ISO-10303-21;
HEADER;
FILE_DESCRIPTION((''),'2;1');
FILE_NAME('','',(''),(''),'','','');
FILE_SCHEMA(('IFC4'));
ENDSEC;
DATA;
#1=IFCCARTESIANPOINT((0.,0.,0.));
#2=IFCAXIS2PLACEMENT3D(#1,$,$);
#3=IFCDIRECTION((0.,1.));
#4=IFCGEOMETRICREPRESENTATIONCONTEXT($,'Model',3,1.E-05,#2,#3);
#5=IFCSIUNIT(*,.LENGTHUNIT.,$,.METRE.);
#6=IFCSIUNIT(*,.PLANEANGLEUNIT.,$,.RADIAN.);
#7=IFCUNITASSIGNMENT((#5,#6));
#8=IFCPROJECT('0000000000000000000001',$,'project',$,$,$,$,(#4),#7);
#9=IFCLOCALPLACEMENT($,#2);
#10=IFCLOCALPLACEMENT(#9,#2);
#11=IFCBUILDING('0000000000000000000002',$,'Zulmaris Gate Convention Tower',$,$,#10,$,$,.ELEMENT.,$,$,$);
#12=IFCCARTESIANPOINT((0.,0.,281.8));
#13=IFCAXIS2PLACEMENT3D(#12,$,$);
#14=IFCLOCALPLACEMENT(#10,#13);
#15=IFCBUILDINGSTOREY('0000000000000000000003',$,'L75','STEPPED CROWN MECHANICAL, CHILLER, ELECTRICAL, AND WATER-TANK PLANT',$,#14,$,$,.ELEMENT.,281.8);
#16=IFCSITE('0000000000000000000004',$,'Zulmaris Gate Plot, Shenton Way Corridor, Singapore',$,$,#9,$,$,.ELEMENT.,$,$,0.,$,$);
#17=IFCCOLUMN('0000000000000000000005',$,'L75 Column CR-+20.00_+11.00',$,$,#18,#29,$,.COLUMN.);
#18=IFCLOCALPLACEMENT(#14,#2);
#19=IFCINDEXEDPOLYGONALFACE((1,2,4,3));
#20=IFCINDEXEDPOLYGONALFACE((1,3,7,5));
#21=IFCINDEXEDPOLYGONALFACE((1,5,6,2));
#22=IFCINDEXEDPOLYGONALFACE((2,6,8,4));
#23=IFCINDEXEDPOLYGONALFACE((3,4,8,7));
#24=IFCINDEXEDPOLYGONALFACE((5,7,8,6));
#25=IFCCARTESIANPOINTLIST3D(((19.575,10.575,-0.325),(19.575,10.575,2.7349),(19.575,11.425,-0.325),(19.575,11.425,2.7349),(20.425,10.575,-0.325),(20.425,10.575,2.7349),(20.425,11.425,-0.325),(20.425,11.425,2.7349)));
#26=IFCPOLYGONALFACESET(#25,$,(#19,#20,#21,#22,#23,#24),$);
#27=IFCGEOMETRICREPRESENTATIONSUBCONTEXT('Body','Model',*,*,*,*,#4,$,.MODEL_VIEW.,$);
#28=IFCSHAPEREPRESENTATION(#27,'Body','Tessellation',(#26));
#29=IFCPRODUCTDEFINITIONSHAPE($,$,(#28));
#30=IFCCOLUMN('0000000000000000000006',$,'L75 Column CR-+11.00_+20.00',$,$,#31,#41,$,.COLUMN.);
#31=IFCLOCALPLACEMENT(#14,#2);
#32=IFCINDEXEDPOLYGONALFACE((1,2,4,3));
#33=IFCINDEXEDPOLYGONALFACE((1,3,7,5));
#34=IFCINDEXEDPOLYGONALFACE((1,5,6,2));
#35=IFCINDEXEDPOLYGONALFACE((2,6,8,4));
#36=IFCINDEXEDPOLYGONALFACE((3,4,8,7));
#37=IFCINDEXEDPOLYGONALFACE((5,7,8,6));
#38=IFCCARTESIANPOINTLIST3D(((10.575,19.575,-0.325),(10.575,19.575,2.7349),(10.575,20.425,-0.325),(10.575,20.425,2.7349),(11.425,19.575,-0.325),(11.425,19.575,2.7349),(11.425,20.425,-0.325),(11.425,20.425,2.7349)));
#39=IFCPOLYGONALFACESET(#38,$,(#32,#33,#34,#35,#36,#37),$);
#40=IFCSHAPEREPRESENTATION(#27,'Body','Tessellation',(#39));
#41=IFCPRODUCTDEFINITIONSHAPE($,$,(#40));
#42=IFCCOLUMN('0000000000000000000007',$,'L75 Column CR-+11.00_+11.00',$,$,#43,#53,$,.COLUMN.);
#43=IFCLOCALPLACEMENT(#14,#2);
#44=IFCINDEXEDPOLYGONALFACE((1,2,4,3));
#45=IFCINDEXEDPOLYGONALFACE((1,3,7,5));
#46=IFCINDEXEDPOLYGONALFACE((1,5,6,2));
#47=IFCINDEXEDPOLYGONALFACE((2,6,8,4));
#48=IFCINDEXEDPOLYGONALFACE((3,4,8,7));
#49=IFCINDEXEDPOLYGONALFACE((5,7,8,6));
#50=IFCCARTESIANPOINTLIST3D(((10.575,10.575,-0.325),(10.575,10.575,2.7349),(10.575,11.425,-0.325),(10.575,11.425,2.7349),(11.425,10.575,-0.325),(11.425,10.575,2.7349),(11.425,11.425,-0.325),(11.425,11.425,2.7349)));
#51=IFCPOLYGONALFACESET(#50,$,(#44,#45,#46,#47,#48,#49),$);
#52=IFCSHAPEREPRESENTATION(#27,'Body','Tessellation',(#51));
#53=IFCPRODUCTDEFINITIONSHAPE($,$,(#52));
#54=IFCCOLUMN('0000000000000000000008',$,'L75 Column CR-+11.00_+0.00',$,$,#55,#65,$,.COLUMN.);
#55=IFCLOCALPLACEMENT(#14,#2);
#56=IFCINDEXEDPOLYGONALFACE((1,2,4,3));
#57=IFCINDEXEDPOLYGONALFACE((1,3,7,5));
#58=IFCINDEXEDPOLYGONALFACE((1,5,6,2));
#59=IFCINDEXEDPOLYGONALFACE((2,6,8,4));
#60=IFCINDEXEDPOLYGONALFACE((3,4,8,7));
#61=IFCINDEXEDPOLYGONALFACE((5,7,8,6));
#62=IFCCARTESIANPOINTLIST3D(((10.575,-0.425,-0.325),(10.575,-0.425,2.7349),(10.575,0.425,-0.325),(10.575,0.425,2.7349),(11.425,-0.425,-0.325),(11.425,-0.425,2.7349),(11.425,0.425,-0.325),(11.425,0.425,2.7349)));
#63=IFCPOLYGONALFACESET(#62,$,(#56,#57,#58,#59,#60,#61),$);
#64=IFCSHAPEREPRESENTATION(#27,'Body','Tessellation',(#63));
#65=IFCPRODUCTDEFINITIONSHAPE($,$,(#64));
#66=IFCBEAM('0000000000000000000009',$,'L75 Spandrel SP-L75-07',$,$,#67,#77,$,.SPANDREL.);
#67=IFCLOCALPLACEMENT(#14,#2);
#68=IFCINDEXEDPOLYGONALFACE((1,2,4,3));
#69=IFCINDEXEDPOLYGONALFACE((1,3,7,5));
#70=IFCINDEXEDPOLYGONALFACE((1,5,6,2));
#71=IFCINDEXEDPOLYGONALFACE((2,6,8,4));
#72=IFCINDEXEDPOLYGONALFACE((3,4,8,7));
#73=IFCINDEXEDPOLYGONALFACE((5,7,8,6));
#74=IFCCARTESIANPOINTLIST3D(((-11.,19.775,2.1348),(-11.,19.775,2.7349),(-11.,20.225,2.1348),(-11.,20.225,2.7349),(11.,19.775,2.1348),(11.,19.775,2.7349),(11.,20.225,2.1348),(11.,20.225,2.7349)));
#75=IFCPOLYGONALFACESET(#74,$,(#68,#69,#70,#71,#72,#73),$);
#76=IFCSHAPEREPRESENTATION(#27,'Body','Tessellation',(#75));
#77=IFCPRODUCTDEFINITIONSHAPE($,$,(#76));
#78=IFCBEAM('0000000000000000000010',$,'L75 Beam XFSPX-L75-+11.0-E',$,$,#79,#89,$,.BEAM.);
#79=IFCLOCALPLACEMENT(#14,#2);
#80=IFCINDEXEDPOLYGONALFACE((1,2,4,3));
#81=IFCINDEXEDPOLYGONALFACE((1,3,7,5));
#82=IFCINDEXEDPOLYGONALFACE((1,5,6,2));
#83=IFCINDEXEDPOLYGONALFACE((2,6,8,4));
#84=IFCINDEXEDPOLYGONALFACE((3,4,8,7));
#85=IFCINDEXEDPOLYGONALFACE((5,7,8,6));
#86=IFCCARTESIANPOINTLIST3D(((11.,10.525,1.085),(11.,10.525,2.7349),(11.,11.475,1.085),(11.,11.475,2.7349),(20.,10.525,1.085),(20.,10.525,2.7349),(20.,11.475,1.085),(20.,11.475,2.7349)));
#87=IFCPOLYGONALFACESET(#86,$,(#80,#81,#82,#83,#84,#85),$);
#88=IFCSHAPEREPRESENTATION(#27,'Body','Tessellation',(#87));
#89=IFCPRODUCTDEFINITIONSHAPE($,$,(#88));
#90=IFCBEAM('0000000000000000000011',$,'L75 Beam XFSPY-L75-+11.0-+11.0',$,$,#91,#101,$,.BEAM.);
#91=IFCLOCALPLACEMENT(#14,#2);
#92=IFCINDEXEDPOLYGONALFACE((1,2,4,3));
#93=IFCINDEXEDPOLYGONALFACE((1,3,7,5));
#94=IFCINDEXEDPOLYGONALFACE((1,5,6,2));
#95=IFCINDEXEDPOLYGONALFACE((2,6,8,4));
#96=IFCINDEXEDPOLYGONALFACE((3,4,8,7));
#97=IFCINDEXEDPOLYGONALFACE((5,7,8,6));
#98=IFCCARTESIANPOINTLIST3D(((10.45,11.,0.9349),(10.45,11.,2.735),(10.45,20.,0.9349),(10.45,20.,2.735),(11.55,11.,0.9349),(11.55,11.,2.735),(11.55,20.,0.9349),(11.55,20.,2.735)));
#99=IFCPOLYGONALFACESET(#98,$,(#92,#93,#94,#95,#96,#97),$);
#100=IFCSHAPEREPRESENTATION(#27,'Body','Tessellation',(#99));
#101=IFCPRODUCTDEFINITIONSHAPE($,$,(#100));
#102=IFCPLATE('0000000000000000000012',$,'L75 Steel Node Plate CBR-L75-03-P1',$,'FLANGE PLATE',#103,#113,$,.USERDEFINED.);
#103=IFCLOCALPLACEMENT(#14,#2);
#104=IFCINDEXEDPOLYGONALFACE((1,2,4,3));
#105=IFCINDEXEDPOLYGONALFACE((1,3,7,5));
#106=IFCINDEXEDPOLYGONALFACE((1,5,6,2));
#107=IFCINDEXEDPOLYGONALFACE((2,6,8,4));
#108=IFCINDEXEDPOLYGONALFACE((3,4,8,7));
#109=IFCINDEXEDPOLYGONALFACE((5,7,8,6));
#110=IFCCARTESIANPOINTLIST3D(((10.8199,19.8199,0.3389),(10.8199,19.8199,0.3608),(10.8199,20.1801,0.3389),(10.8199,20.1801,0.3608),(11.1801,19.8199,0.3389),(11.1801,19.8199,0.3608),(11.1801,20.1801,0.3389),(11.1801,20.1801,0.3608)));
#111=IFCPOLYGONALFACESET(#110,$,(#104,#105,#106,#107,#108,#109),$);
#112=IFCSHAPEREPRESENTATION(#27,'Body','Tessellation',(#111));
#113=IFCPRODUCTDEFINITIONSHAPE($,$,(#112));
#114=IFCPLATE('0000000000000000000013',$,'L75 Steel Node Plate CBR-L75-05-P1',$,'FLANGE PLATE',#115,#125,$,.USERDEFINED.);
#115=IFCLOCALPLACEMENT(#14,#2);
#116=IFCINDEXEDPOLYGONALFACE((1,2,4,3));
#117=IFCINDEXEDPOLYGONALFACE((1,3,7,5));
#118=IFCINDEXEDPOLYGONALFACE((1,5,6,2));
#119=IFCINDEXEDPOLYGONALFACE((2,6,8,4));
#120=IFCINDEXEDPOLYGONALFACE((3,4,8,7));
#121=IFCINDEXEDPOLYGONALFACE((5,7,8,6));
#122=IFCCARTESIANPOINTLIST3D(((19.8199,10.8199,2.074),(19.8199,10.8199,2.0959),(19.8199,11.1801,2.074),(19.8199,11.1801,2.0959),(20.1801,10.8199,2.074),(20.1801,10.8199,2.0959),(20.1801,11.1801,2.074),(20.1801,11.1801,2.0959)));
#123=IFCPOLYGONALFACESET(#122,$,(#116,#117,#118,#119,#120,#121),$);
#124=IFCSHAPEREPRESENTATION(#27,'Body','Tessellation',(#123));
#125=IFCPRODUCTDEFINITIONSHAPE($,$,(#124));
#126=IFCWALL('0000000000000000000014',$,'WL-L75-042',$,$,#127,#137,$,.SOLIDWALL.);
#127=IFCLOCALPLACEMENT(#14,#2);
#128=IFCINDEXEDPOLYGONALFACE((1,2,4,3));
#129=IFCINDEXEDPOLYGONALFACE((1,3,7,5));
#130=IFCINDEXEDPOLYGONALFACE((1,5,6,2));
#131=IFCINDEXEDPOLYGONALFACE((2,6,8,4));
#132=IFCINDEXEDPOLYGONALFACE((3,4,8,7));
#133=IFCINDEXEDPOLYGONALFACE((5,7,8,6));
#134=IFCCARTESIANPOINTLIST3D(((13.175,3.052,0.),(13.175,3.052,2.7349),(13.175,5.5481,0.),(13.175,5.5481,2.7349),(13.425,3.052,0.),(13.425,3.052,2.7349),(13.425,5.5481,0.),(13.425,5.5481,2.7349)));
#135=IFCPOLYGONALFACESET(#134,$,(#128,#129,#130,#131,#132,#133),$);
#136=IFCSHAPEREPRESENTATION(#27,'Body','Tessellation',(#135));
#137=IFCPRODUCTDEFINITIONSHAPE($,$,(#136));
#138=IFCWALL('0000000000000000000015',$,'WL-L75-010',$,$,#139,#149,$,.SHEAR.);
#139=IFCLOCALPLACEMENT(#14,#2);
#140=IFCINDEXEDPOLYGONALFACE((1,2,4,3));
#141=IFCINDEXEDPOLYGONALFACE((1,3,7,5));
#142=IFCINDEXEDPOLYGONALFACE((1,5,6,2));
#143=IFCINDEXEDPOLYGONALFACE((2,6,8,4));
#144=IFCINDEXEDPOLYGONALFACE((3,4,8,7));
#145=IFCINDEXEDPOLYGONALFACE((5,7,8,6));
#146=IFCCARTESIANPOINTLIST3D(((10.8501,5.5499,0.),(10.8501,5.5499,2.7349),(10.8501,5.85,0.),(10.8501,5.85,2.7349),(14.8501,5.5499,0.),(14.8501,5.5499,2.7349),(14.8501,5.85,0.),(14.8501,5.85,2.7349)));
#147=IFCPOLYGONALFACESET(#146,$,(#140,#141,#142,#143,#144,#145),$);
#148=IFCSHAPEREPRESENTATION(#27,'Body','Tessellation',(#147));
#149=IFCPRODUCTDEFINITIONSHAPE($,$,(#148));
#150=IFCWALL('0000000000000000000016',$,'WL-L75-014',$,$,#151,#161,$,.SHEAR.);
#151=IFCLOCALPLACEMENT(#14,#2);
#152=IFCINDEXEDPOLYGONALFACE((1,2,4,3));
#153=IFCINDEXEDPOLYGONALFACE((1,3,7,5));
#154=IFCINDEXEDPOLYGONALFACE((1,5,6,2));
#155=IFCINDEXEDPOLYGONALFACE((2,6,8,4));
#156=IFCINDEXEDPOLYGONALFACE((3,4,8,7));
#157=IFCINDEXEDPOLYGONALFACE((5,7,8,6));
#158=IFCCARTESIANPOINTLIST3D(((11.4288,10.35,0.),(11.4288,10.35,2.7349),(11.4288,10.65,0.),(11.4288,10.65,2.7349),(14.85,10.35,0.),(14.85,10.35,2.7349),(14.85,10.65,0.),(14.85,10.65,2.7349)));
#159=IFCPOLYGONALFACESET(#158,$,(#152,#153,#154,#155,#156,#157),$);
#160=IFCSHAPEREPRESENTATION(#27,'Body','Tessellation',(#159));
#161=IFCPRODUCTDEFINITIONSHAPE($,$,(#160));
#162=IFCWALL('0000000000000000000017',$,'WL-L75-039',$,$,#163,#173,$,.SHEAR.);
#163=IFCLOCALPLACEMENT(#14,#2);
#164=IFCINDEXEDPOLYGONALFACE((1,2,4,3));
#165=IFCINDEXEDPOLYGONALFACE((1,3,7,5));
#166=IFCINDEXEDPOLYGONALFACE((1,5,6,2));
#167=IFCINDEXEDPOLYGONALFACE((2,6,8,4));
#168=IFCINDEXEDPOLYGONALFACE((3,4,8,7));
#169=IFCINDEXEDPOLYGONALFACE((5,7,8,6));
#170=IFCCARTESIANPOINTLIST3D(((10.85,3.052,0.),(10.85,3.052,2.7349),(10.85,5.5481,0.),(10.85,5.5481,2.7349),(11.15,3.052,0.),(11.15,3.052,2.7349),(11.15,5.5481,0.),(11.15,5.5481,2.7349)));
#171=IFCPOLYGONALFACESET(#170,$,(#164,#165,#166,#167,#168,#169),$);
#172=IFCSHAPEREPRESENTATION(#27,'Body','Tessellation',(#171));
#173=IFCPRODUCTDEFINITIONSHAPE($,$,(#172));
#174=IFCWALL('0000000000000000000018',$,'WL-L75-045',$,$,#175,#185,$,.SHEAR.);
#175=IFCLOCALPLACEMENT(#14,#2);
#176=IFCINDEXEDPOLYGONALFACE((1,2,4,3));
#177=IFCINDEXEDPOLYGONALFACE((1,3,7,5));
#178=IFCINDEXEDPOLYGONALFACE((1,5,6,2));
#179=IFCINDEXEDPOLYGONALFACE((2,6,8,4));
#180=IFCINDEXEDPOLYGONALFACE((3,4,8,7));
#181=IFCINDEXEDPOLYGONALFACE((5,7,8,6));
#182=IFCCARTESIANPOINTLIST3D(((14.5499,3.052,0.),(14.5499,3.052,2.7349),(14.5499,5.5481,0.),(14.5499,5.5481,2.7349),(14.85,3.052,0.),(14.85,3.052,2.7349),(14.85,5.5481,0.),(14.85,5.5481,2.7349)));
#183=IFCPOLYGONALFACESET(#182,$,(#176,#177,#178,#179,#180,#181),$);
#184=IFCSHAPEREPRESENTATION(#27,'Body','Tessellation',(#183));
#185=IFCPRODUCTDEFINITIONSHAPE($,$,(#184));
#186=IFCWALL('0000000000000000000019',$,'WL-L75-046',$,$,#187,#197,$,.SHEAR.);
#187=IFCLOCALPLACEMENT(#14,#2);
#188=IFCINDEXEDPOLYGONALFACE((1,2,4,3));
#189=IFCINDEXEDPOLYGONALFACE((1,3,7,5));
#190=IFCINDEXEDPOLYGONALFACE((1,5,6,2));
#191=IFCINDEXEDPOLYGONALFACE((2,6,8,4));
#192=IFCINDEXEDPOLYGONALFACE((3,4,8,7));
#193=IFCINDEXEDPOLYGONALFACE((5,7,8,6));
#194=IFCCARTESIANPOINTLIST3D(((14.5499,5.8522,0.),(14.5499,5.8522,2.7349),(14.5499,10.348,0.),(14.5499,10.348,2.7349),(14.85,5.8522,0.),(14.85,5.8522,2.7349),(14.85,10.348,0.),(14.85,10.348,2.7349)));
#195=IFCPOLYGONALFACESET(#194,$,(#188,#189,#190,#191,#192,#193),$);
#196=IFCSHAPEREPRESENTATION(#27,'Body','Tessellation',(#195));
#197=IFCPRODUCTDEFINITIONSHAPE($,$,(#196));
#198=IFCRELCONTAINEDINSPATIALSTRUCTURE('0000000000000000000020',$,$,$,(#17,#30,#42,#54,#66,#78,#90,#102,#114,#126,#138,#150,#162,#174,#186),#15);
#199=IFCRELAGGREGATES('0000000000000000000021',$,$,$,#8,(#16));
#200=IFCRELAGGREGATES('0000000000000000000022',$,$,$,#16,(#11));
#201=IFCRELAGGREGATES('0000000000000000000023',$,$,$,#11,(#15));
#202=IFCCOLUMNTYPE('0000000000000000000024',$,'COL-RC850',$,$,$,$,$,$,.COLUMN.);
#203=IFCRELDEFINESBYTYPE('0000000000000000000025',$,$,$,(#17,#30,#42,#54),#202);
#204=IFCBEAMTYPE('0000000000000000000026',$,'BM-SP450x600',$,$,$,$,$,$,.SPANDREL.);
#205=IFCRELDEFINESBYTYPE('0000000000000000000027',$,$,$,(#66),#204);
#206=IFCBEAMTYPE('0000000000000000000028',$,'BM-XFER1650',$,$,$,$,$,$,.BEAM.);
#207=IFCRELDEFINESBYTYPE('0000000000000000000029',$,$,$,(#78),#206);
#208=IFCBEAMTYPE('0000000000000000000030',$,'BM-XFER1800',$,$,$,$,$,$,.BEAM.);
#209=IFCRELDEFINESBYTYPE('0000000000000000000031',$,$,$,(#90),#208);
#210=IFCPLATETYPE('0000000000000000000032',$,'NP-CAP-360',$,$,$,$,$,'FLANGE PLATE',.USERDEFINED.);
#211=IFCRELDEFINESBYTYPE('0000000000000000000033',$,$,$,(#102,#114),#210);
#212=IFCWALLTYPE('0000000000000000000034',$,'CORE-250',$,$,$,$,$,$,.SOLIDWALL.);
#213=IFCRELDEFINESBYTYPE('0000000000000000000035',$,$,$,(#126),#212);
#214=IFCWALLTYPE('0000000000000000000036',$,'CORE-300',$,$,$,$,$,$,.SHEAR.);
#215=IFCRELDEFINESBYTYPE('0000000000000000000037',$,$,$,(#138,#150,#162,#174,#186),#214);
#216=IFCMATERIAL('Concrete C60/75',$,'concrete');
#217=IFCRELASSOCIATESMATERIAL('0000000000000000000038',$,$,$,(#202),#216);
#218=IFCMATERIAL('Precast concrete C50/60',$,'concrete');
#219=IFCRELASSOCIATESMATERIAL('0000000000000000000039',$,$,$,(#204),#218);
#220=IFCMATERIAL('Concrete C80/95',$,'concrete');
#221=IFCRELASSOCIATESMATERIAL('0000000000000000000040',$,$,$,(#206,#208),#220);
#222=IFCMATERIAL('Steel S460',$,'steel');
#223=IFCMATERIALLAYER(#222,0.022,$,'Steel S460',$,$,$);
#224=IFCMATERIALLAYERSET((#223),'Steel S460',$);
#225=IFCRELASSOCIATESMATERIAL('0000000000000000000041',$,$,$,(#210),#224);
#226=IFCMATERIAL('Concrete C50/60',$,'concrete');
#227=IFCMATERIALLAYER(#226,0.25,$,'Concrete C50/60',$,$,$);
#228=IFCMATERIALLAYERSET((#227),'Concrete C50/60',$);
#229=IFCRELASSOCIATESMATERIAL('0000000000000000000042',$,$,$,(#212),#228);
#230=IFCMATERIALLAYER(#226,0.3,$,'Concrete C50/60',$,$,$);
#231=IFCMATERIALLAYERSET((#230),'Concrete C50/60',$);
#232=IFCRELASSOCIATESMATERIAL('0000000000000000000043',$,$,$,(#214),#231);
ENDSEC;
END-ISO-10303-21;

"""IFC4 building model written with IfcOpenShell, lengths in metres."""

from ifc_helpers import new_model, si_unit, direction, frame, frame_2d, origin, origin_2d, place, context, subcontext, project, spatial, rectangle, extrude, material, layer, layer_set, material_profile, profile_set, type_object, element, save


model = new_model("IFC4")

# Units and contexts
model_context = context("Model", 3, precision=1e-05, world=origin(), true_north=direction((0.0, 1.0)))
body_context = subcontext(model_context, "Body", "Model", "MODEL_VIEW")
ifc_project = project(units=[si_unit("LENGTHUNIT", "METRE"), si_unit("PLANEANGLEUNIT", "RADIAN")], contexts=[model_context])

# Site, building, storey
site_placement = place(None, origin())
site = spatial("IfcSite", under=ifc_project, at=site_placement, Name="Zulmaris Gate Plot, Shenton Way Corridor, Singapore", CompositionType="ELEMENT", RefElevation=0.0)
building_placement = place(site_placement, origin())
building = spatial("IfcBuilding", under=site, at=building_placement, Name="Zulmaris Gate Convention Tower", CompositionType="ELEMENT")
storey_placement = place(building_placement, frame((0.0, 0.0, 281.8)))
storey = spatial("IfcBuildingStorey", under=building, at=storey_placement, Name="L75", Description="STEPPED CROWN MECHANICAL, CHILLER, ELECTRICAL, AND WATER-TANK PLANT", CompositionType="ELEMENT", Elevation=281.8)

# Columns
ifc_material_1 = material(Name="Concrete C60/75", Category="concrete")
ifc_material_profile_1 = material_profile(ifc_material_1, rectangle(XDim=0.8501, YDim=0.8501, at=origin_2d()), Name="RC COL 850x850")
ifc_profile_set_1 = profile_set([ifc_material_profile_1], Name="Concrete C60/75")
column_type = type_object("IfcColumnType", Name="COL-RC850", PredefinedType="COLUMN", material=ifc_profile_set_1)
for number, where, z_axis, x_axis, name in (
    (1, (20.0, 11.0, -0.325), (0.0, 0.0, 1.0), (1.0, 0.0, 0.0), "L75 Column CR-+20.00_+11.00"),
    (2, (11.0, 20.0, -0.325), (0.0, 0.0, 1.0), (1.0, 0.0, 0.0), "L75 Column CR-+11.00_+20.00"),
    (3, (11.0, 11.0, -0.325), (0.0, 0.0, 1.0), (1.0, 0.0, 0.0), "L75 Column CR-+11.00_+11.00"),
    (4, (11.0, 0.0, -0.325), (0.0, 0.0, 1.0), (1.0, 0.0, 0.0), "L75 Column CR-+11.00_+0.00"),
):
    element("IfcColumn", number, at=place(storey_placement, frame(where, z_axis=z_axis, x_axis=x_axis)), inside=storey, type_object=column_type, Name=name, PredefinedType="COLUMN", context=body_context, shape_type="SweptSolid", body=[
        extrude(rectangle(XDim=0.8501, YDim=0.8501, at=origin_2d()), origin(), (0.0, 0.0, 1.0), 3.0598),
    ])

# Beams
ifc_material_2 = material(Name="Precast concrete C50/60", Category="concrete")
ifc_material_profile_2 = material_profile(ifc_material_2, rectangle(XDim=0.45, YDim=0.6001, at=origin_2d()), Name="RC SPANDREL 450x600")
ifc_profile_set_2 = profile_set([ifc_material_profile_2], Name="Precast concrete C50/60")
beam_type_1 = type_object("IfcBeamType", Name="BM-SP450x600", PredefinedType="SPANDREL", material=ifc_profile_set_2)
beam_1_placement = place(storey_placement, frame((11.0, 20.0, 2.4348), z_axis=(-1.0, 0.0, 0.0), x_axis=(0.0, -1.0, 0.0)))
element("IfcBeam", 5, at=beam_1_placement, inside=storey, type_object=beam_type_1, Name="L75 Spandrel SP-L75-07", PredefinedType="SPANDREL", context=body_context, shape_type="SweptSolid", body=[
    extrude(rectangle(XDim=0.45, YDim=0.6001, at=origin_2d()), origin(), (0.0, 0.0, 1.0), 22.0),
])
ifc_material_3 = material(Name="Concrete C80/95", Category="concrete")
ifc_material_profile_3 = material_profile(ifc_material_3, rectangle(XDim=0.95, YDim=1.6499, at=origin_2d()), Name="RC TRANSFER 950x1650")
ifc_profile_set_3 = profile_set([ifc_material_profile_3], Name="Concrete C80/95")
beam_type_2 = type_object("IfcBeamType", Name="BM-XFER1650", PredefinedType="BEAM", material=ifc_profile_set_3)
beam_2_placement = place(storey_placement, frame((11.0, 11.0, 1.9099), z_axis=(1.0, 0.0, 0.0), x_axis=(0.0, 1.0, 0.0)))
element("IfcBeam", 6, at=beam_2_placement, inside=storey, type_object=beam_type_2, Name="L75 Beam XFSPX-L75-+11.0-E", PredefinedType="BEAM", context=body_context, shape_type="SweptSolid", body=[
    extrude(rectangle(XDim=0.95, YDim=1.6499, at=origin_2d()), origin(), (0.0, 0.0, 1.0), 9.0),
])
ifc_material_profile_4 = material_profile(ifc_material_3, rectangle(XDim=1.1001, YDim=1.8, at=origin_2d()), Name="RC TRANSFER 1100x1800")
ifc_profile_set_4 = profile_set([ifc_material_profile_4], Name="Concrete C80/95")
beam_type_3 = type_object("IfcBeamType", Name="BM-XFER1800", PredefinedType="BEAM", material=ifc_profile_set_4)
beam_3_placement = place(storey_placement, frame((11.0, 11.0, 1.835), z_axis=(0.0, 1.0, 0.0), x_axis=(-1.0, 0.0, 0.0)))
element("IfcBeam", 7, at=beam_3_placement, inside=storey, type_object=beam_type_3, Name="L75 Beam XFSPY-L75-+11.0-+11.0", PredefinedType="BEAM", context=body_context, shape_type="SweptSolid", body=[
    extrude(rectangle(XDim=1.1001, YDim=1.8, at=origin_2d()), origin(), (0.0, 0.0, 1.0), 9.0),
])

# Plates
ifc_material_4 = material(Name="Steel S460", Category="steel")
ifc_layer_1 = layer(ifc_material_4, 0.022, Name="Steel S460")
ifc_layer_set_1 = layer_set([ifc_layer_1], Name="Steel S460")
plate_type = type_object("IfcPlateType", Name="NP-CAP-360", ElementType="FLANGE PLATE", PredefinedType="USERDEFINED", material=ifc_layer_set_1)
for number, where, z_axis, x_axis, name in (
    (8, (11.0, 20.0, 0.3389), (0.0, 0.0, 1.0), (1.0, 0.0, 0.0), "L75 Steel Node Plate CBR-L75-03-P1"),
    (9, (20.0, 11.0, 2.074), (0.0, 0.0, 1.0), (1.0, 0.0, 0.0), "L75 Steel Node Plate CBR-L75-05-P1"),
):
    element("IfcPlate", number, at=place(storey_placement, frame(where, z_axis=z_axis, x_axis=x_axis)), inside=storey, type_object=plate_type, Name=name, ObjectType="FLANGE PLATE", PredefinedType="USERDEFINED", context=body_context, shape_type="SweptSolid", body=[
        extrude(rectangle(XDim=0.3601, YDim=0.3601, at=origin_2d()), origin(), (0.0, 0.0, 1.0), 0.022),
    ])

# Walls
ifc_material_5 = material(Name="Concrete C50/60", Category="concrete")
ifc_layer_2 = layer(ifc_material_5, 0.25, Name="Concrete C50/60")
ifc_layer_set_2 = layer_set([ifc_layer_2], Name="Concrete C50/60")
wall_type_1 = type_object("IfcWallType", Name="CORE-250", PredefinedType="SOLIDWALL", material=ifc_layer_set_2)
wall_1_placement = place(storey_placement, frame((13.3, 3.052, 0.0), z_axis=(0.0, 0.0, 1.0), x_axis=(0.0, 1.0, 0.0)))
element("IfcWall", 10, at=wall_1_placement, inside=storey, type_object=wall_type_1, Name="WL-L75-042", PredefinedType="SOLIDWALL", context=body_context, shape_type="SweptSolid", body=[
    extrude(rectangle(XDim=2.4961, YDim=0.25, at=frame_2d((1.248, 0.0))), origin(), (0.0, 0.0, 1.0), 2.7349),
])
ifc_layer_3 = layer(ifc_material_5, 0.3, Name="Concrete C50/60")
ifc_layer_set_3 = layer_set([ifc_layer_3], Name="Concrete C50/60")
wall_type_2 = type_object("IfcWallType", Name="CORE-300", PredefinedType="SHEAR", material=ifc_layer_set_3)
wall_2_placement = place(storey_placement, frame((10.8501, 5.7, 0.0), z_axis=(0.0, 0.0, 1.0), x_axis=(1.0, 0.0, 0.0)))
element("IfcWall", 11, at=wall_2_placement, inside=storey, type_object=wall_type_2, Name="WL-L75-010", PredefinedType="SHEAR", context=body_context, shape_type="SweptSolid", body=[
    extrude(rectangle(XDim=4.0, YDim=0.3, at=frame_2d((2.0, 0.0))), origin(), (0.0, 0.0, 1.0), 2.7349),
])
wall_3_placement = place(storey_placement, frame((11.429, 10.5, 0.0), z_axis=(0.0, 0.0, 1.0), x_axis=(1.0, 0.0, 0.0)))
element("IfcWall", 12, at=wall_3_placement, inside=storey, type_object=wall_type_2, Name="WL-L75-014", PredefinedType="SHEAR", context=body_context, shape_type="SweptSolid", body=[
    extrude(rectangle(XDim=3.4211, YDim=0.3, at=frame_2d((1.7104, 0.0))), origin(), (0.0, 0.0, 1.0), 2.7349),
])

# Wall
wall_4_placement = place(storey_placement, frame((11.0, 3.052, 0.0), z_axis=(0.0, 0.0, 1.0), x_axis=(0.0, 1.0, 0.0)))
element("IfcWall", 13, at=wall_4_placement, inside=storey, type_object=wall_type_2, Name="WL-L75-039", PredefinedType="SHEAR", context=body_context, shape_type="SweptSolid", body=[
    extrude(rectangle(XDim=2.4961, YDim=0.3, at=frame_2d((1.248, 0.0))), origin(), (0.0, 0.0, 1.0), 2.7349),
])

# Walls
wall_5_placement = place(storey_placement, frame((14.7, 3.052, 0.0), z_axis=(0.0, 0.0, 1.0), x_axis=(0.0, 1.0, 0.0)))
element("IfcWall", 14, at=wall_5_placement, inside=storey, type_object=wall_type_2, Name="WL-L75-045", PredefinedType="SHEAR", context=body_context, shape_type="SweptSolid", body=[
    extrude(rectangle(XDim=2.4961, YDim=0.3, at=frame_2d((1.248, 0.0))), origin(), (0.0, 0.0, 1.0), 2.7349),
])
wall_6_placement = place(storey_placement, frame((14.7, 5.8521, 0.0), z_axis=(0.0, 0.0, 1.0), x_axis=(0.0, 1.0, 0.0)))
element("IfcWall", 15, at=wall_6_placement, inside=storey, type_object=wall_type_2, Name="WL-L75-046", PredefinedType="SHEAR", context=body_context, shape_type="SweptSolid", body=[
    extrude(rectangle(XDim=4.4958, YDim=0.3, at=frame_2d((2.248, 0.0))), origin(), (0.0, 0.0, 1.0), 2.7349),
])

save(model, "model.ifc")
